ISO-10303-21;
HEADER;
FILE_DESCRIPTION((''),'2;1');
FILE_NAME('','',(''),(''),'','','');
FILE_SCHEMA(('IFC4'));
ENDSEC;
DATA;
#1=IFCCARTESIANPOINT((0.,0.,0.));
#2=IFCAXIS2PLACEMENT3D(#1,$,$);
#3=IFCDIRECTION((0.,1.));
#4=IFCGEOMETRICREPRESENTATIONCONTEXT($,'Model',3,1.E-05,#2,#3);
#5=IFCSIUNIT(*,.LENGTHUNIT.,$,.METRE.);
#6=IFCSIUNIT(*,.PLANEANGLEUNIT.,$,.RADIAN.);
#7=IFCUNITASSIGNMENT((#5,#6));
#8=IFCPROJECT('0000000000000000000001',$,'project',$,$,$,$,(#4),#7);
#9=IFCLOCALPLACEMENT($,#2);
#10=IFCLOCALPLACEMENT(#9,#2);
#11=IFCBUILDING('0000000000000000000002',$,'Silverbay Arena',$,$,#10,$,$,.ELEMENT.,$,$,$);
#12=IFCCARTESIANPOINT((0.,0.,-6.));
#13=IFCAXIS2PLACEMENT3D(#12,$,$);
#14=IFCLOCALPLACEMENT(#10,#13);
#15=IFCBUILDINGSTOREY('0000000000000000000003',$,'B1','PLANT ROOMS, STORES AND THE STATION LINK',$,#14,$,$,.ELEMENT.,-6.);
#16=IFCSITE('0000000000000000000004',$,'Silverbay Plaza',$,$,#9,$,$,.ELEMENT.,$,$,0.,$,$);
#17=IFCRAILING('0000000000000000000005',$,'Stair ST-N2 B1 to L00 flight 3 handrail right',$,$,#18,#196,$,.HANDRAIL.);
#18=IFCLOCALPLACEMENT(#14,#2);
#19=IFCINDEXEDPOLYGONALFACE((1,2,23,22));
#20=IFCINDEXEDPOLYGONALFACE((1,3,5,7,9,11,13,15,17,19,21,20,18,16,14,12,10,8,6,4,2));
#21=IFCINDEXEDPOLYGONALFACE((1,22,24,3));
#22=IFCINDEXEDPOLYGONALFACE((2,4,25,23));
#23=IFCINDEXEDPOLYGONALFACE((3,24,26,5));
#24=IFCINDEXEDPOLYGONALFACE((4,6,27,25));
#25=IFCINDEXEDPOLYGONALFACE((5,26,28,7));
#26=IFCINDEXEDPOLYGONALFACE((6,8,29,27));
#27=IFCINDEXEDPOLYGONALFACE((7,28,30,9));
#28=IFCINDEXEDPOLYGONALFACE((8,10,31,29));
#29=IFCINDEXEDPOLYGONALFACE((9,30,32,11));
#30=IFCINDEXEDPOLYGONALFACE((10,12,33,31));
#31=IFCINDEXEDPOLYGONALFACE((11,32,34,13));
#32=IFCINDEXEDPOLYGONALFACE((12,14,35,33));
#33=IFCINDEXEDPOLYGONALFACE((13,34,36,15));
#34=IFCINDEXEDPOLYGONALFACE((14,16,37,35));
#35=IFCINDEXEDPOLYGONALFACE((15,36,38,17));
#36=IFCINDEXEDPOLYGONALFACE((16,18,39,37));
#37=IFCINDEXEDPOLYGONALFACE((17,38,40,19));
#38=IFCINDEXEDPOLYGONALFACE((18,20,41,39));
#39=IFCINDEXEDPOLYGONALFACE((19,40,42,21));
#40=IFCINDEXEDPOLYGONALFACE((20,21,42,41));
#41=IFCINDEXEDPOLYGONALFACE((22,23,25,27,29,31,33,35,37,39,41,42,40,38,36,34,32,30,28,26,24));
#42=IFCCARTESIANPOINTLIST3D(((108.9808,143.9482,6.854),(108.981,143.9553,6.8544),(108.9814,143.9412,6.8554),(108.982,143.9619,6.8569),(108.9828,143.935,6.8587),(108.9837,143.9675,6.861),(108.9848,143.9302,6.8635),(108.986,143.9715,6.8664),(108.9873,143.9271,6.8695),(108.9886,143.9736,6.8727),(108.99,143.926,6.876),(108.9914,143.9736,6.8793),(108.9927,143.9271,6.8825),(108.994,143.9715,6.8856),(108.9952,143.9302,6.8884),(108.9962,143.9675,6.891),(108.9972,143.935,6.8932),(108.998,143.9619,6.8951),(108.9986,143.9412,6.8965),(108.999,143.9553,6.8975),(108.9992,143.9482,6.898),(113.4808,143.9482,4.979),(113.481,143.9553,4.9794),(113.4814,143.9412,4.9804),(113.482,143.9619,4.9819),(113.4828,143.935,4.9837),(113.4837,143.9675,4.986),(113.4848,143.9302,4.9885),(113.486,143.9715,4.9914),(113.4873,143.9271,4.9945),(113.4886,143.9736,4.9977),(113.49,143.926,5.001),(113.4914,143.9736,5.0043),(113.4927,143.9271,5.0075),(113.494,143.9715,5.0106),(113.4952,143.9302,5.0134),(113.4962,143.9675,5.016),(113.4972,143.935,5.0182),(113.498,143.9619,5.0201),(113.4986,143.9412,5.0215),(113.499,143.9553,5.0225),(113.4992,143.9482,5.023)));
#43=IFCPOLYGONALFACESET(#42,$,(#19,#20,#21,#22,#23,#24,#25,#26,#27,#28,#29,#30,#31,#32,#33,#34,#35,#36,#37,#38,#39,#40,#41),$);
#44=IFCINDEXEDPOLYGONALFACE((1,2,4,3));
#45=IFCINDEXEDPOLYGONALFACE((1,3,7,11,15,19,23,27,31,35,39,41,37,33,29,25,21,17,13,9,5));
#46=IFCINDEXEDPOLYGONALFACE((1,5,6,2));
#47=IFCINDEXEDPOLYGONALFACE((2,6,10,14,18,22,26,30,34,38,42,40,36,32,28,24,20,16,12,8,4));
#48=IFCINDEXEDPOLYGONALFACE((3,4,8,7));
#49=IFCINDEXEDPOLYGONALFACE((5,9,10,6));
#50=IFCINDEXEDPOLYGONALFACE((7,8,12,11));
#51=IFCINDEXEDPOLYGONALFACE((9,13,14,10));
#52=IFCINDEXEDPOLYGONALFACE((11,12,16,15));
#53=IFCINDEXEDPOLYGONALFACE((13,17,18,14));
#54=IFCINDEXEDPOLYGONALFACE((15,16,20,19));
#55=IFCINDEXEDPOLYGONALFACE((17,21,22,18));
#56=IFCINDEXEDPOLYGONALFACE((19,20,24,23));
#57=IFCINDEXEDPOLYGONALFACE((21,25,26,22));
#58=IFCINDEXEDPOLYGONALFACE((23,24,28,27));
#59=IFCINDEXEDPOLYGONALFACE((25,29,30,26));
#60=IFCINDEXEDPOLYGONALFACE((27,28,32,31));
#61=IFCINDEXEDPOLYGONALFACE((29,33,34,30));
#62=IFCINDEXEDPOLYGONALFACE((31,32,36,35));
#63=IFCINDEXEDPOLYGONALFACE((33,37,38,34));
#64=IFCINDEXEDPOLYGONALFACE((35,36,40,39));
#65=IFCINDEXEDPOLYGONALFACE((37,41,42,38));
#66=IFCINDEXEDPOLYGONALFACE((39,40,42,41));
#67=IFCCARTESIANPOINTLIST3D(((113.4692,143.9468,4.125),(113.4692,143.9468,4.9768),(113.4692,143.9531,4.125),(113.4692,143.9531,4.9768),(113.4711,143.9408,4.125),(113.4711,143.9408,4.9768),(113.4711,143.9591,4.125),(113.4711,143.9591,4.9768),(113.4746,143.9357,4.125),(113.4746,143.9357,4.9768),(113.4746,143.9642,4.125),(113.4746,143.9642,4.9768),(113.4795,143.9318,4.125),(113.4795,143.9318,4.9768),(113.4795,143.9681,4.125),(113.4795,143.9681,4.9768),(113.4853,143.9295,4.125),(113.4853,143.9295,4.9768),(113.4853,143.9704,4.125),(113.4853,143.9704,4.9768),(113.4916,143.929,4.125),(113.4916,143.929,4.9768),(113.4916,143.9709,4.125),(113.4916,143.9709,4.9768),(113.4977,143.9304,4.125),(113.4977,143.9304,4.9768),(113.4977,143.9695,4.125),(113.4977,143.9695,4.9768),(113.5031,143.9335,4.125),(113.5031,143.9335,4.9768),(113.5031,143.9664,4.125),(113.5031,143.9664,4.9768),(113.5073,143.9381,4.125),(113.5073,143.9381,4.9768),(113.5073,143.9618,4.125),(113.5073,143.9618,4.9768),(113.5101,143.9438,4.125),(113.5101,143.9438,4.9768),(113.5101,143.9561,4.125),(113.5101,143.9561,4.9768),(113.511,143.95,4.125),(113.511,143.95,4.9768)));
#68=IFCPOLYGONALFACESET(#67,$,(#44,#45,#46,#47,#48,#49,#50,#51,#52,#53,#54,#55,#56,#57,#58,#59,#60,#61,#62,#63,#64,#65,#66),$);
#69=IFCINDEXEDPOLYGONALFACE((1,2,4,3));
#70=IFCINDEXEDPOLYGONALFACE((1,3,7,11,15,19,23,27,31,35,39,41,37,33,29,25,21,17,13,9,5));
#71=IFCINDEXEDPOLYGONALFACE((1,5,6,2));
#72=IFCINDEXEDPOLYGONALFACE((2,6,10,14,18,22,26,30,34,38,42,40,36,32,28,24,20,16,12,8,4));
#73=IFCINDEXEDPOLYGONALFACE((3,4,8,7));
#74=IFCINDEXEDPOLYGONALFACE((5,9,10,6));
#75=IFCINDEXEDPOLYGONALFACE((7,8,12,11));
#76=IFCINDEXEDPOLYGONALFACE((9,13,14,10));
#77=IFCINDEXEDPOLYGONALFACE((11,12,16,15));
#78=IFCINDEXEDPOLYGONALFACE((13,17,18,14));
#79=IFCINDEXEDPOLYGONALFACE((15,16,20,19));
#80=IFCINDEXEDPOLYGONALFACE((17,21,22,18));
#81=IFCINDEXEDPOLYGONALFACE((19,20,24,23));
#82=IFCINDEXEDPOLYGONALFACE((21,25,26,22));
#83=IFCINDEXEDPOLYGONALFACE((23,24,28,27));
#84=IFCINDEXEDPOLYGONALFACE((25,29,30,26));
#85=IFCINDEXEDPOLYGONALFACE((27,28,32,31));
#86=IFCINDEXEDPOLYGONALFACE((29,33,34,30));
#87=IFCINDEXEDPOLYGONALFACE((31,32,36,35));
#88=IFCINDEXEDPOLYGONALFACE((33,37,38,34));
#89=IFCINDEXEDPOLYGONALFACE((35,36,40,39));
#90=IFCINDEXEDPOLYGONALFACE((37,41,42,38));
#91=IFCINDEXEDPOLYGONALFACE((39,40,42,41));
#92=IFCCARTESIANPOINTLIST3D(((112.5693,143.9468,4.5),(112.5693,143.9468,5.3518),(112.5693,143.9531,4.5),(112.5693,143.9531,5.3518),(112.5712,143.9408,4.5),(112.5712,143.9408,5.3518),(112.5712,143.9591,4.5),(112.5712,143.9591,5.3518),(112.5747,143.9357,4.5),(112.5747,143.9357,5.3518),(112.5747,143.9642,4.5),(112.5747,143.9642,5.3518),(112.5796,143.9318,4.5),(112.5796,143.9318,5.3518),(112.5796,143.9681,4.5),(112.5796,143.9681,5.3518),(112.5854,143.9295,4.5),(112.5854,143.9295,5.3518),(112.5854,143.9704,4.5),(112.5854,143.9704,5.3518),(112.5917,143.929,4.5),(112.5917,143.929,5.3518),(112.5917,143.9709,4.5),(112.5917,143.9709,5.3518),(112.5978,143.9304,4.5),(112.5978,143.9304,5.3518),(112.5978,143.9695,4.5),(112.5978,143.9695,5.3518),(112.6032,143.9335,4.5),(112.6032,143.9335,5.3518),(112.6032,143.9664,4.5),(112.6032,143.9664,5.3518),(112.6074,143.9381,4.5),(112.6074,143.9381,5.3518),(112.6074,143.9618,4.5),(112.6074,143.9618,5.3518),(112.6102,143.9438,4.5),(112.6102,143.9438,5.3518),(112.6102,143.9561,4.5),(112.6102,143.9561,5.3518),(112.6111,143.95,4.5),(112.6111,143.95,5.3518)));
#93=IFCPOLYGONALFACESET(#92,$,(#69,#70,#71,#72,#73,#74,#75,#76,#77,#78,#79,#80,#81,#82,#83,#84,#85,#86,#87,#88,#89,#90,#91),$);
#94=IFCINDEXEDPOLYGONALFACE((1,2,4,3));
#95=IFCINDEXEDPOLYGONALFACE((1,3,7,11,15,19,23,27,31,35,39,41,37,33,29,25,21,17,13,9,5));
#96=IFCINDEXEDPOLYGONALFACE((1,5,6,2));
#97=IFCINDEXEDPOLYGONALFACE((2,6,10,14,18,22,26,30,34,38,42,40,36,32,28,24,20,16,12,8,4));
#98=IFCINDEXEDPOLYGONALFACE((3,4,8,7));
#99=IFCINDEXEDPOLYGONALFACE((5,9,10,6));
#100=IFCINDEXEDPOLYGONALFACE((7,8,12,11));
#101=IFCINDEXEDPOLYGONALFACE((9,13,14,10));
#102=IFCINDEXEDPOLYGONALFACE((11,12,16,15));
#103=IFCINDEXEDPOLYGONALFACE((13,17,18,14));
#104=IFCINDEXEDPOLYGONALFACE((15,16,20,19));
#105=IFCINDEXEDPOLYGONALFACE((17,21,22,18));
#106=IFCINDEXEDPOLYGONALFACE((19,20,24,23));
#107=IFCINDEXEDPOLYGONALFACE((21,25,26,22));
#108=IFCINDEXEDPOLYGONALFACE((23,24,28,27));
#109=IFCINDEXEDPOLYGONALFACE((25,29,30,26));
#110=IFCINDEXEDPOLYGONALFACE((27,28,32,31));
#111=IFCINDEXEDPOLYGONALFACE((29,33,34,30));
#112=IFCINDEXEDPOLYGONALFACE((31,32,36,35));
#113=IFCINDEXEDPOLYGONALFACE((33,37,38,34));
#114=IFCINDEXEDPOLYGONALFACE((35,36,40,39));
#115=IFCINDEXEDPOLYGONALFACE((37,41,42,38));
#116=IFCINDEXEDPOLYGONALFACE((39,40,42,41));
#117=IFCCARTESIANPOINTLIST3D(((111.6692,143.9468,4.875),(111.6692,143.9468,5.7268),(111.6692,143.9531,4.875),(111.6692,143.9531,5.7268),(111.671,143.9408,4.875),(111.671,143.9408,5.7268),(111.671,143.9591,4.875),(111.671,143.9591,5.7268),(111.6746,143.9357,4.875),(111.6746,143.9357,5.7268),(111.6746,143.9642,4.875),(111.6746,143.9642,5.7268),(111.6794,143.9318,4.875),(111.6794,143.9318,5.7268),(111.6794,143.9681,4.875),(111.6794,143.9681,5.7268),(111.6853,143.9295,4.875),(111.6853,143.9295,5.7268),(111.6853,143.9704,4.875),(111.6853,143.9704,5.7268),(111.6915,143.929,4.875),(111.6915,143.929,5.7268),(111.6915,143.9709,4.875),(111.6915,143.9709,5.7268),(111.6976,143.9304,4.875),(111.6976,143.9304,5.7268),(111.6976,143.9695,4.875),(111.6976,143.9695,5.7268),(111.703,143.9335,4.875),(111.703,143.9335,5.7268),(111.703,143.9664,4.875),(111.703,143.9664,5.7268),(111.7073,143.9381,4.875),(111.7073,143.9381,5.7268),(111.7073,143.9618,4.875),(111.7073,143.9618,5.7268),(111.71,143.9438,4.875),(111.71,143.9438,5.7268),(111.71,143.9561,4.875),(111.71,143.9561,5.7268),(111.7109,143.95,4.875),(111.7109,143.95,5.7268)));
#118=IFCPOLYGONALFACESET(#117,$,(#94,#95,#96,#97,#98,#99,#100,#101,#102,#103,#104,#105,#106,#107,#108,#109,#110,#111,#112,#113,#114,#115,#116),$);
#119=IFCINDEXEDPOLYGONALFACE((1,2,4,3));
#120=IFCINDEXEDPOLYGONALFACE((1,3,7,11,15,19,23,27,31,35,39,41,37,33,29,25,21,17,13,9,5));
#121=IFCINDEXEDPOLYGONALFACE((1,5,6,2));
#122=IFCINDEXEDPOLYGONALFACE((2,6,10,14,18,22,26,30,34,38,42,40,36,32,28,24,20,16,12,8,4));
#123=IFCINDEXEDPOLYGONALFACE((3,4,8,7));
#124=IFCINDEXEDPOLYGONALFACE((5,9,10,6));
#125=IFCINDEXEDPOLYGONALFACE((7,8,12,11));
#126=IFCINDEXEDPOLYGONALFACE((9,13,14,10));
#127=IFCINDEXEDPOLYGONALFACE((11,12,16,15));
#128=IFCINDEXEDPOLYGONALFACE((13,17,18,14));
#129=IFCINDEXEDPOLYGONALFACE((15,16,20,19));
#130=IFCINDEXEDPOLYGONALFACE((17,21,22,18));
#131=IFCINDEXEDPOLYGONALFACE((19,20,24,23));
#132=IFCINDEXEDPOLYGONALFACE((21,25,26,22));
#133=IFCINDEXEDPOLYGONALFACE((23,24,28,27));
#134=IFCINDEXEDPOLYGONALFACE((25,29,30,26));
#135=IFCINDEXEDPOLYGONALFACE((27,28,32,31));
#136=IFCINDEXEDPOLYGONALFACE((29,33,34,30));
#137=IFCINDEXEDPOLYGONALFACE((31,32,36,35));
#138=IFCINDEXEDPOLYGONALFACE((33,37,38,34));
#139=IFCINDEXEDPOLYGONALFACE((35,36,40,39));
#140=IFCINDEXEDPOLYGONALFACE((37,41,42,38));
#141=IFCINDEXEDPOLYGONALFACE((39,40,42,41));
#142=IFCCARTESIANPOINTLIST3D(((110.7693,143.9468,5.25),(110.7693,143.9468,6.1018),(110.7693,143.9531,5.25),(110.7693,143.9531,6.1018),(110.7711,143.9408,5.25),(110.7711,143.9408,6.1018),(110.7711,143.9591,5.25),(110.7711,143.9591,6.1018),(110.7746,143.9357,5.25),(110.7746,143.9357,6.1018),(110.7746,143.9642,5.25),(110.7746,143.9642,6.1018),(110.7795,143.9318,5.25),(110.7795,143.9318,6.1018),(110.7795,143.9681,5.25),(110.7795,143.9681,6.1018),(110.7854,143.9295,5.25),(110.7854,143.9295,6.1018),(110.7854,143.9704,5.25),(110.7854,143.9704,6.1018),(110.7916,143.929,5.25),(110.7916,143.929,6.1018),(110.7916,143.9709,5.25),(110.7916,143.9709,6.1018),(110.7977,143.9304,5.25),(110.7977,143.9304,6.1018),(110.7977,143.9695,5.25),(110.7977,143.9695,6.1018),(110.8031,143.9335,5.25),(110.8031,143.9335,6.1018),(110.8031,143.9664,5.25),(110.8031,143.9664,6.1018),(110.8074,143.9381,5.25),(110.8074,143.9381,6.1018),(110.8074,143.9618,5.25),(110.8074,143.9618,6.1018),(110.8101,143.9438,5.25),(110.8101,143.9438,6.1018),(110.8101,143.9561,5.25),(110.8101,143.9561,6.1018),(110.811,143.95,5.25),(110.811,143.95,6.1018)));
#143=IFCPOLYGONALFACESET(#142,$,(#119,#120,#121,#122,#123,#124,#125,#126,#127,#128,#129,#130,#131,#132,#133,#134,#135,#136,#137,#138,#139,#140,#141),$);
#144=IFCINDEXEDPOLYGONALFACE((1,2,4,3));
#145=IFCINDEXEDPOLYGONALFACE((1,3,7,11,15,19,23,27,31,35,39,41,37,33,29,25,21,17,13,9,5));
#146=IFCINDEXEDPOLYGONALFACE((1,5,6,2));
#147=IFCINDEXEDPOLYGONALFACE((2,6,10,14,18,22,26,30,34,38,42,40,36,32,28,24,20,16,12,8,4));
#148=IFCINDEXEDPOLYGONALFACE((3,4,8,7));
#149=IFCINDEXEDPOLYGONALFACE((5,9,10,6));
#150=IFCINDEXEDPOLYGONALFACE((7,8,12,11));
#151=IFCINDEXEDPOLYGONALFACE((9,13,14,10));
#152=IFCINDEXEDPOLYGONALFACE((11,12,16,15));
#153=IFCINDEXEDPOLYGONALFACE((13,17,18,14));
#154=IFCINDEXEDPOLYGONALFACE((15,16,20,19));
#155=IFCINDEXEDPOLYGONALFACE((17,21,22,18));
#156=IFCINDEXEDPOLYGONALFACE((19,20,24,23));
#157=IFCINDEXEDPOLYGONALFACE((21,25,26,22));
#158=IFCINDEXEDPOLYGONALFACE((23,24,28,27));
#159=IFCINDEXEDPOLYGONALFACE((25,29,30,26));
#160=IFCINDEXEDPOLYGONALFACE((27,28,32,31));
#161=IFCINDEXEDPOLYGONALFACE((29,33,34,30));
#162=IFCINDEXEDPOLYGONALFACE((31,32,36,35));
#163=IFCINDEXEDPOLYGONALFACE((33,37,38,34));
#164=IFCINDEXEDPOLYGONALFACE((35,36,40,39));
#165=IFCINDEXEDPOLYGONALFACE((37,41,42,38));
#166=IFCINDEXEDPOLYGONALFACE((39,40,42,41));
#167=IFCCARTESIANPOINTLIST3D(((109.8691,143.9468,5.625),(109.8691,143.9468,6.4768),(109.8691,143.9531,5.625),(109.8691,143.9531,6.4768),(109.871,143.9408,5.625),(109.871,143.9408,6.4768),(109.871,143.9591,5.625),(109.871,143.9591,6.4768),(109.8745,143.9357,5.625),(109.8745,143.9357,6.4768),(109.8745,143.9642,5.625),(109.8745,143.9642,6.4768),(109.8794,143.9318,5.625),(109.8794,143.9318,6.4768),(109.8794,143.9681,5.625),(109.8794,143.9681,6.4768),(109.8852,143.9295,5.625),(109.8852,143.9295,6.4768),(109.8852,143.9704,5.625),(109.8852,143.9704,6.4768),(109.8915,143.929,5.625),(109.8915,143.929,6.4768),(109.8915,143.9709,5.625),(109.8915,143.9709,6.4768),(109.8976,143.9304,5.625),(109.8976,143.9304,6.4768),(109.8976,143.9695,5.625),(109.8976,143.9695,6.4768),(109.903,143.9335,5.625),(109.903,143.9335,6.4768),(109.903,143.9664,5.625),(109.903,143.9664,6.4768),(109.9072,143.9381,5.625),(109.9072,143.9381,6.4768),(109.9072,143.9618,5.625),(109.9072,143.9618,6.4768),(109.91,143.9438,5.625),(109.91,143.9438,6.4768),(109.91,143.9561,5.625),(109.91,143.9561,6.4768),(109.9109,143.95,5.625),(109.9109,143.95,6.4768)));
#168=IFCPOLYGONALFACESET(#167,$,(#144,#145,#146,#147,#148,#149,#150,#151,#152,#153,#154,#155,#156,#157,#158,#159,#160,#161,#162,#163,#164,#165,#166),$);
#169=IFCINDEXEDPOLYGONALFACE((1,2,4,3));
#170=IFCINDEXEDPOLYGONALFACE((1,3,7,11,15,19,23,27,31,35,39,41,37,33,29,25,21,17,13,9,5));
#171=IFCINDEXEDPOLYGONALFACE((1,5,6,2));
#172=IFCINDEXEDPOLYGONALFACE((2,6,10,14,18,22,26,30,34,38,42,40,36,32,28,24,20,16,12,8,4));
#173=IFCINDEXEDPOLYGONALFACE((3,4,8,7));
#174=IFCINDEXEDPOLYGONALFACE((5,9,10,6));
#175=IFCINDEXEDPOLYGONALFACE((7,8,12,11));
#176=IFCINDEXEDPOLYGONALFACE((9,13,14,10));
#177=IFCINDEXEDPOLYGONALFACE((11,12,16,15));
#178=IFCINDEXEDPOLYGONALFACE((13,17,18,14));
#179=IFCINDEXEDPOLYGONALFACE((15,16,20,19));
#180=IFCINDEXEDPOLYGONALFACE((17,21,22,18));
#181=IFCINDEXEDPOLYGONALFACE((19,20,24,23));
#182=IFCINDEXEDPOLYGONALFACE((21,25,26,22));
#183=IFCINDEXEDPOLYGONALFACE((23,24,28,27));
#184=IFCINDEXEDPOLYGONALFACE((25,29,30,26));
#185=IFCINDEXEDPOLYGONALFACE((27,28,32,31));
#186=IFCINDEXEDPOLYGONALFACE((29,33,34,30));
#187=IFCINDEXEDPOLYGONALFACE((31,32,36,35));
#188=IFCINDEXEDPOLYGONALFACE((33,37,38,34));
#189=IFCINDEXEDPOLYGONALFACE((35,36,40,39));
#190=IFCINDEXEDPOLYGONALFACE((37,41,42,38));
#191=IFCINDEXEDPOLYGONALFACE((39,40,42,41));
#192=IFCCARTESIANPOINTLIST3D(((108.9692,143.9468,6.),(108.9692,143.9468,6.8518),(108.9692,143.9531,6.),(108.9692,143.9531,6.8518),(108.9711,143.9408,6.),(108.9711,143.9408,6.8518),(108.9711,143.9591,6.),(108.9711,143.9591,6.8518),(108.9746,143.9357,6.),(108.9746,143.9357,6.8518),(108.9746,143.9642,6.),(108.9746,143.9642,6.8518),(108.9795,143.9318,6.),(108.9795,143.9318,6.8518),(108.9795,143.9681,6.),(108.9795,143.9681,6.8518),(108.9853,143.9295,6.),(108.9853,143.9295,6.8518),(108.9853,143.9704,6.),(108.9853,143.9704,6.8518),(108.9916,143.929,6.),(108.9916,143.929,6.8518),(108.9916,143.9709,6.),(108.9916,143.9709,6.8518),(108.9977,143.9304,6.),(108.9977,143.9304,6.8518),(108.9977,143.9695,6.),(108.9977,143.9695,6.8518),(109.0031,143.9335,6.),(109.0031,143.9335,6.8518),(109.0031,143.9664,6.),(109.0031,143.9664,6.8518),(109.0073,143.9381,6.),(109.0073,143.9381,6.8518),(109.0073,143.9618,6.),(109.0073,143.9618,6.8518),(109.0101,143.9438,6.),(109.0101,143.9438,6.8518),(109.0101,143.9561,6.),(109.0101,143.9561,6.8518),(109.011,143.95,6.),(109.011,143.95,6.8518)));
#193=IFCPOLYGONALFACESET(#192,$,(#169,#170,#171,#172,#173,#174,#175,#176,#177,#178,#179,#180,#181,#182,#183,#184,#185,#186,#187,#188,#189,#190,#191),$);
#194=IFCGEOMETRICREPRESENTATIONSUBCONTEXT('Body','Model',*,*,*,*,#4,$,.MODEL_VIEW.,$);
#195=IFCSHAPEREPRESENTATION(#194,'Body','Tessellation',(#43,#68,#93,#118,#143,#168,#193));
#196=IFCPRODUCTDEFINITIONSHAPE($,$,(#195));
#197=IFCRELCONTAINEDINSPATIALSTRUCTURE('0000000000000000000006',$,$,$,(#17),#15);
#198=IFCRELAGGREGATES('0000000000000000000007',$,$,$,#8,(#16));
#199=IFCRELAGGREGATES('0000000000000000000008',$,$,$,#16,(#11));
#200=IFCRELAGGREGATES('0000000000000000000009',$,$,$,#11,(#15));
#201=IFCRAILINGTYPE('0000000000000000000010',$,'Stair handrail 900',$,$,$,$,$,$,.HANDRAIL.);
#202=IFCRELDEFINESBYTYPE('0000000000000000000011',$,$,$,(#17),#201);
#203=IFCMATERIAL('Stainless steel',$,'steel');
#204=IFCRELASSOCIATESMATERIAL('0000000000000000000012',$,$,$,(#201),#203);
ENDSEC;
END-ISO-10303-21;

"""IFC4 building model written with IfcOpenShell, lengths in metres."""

from ifc_helpers import new_model, si_unit, direction, frame, origin, origin_2d, place, context, subcontext, project, spatial, circle, extrude, material, type_object, element, save


model = new_model("IFC4")

# Units and contexts
model_context = context("Model", 3, precision=1e-05, world=origin(), true_north=direction((0.0, 1.0)))
body_context = subcontext(model_context, "Body", "Model", "MODEL_VIEW")
ifc_project = project(units=[si_unit("LENGTHUNIT", "METRE"), si_unit("PLANEANGLEUNIT", "RADIAN")], contexts=[model_context])

# Site, building, storey
site_placement = place(None, origin())
site = spatial("IfcSite", under=ifc_project, at=site_placement, Name="Silverbay Plaza", CompositionType="ELEMENT", RefElevation=0.0)
building_placement = place(site_placement, origin())
building = spatial("IfcBuilding", under=site, at=building_placement, Name="Silverbay Arena", CompositionType="ELEMENT")
storey_placement = place(building_placement, frame((0.0, 0.0, -6.0)))
storey = spatial("IfcBuildingStorey", under=building, at=storey_placement, Name="B1", Description="PLANT ROOMS, STORES AND THE STATION LINK", CompositionType="ELEMENT", Elevation=-6.0)

# Railing
ifc_material_1 = material(Name="Stainless steel", Category="steel")
railing_type_1 = type_object("IfcRailingType", Name="Stair handrail 900", PredefinedType="HANDRAIL", material=ifc_material_1)
for number, where, name in (
    (1, (113.49, 143.95, 4.125), "Stair ST-N2 B1 to L00 flight 3 handrail right"),
):
    element("IfcRailing", number, at=place(storey_placement, frame(where)), inside=storey, type_object=railing_type_1, Name=name, PredefinedType="HANDRAIL", context=body_context, shape_type="SweptSolid", body=[
        extrude(circle(Radius=0.0239, at=origin_2d()), frame((0.0, 0.0, 0.876), z_axis=(-0.923077, 0.0, 0.384615), x_axis=(0.0, -1.0, 0.0)), (0.0, 0.0, 1.0), 4.875),
        extrude(circle(Radius=0.021, at=origin_2d()), origin(), (0.0, 0.0, 1.0), 0.8518),
        extrude(circle(Radius=0.021, at=origin_2d()), frame((-0.8999, 0.0, 0.375)), (0.0, 0.0, 1.0), 0.8518),
        extrude(circle(Radius=0.021, at=origin_2d()), frame((-1.8, 0.0, 0.75)), (0.0, 0.0, 1.0), 0.8518),
        extrude(circle(Radius=0.021, at=origin_2d()), frame((-2.7, 0.0, 1.125)), (0.0, 0.0, 1.0), 0.8518),
        extrude(circle(Radius=0.021, at=origin_2d()), frame((-3.6001, 0.0, 1.5)), (0.0, 0.0, 1.0), 0.8518),
        extrude(circle(Radius=0.021, at=origin_2d()), frame((-4.5, 0.0, 1.875)), (0.0, 0.0, 1.0), 0.8518),
    ])

save(model, "model.ifc")
